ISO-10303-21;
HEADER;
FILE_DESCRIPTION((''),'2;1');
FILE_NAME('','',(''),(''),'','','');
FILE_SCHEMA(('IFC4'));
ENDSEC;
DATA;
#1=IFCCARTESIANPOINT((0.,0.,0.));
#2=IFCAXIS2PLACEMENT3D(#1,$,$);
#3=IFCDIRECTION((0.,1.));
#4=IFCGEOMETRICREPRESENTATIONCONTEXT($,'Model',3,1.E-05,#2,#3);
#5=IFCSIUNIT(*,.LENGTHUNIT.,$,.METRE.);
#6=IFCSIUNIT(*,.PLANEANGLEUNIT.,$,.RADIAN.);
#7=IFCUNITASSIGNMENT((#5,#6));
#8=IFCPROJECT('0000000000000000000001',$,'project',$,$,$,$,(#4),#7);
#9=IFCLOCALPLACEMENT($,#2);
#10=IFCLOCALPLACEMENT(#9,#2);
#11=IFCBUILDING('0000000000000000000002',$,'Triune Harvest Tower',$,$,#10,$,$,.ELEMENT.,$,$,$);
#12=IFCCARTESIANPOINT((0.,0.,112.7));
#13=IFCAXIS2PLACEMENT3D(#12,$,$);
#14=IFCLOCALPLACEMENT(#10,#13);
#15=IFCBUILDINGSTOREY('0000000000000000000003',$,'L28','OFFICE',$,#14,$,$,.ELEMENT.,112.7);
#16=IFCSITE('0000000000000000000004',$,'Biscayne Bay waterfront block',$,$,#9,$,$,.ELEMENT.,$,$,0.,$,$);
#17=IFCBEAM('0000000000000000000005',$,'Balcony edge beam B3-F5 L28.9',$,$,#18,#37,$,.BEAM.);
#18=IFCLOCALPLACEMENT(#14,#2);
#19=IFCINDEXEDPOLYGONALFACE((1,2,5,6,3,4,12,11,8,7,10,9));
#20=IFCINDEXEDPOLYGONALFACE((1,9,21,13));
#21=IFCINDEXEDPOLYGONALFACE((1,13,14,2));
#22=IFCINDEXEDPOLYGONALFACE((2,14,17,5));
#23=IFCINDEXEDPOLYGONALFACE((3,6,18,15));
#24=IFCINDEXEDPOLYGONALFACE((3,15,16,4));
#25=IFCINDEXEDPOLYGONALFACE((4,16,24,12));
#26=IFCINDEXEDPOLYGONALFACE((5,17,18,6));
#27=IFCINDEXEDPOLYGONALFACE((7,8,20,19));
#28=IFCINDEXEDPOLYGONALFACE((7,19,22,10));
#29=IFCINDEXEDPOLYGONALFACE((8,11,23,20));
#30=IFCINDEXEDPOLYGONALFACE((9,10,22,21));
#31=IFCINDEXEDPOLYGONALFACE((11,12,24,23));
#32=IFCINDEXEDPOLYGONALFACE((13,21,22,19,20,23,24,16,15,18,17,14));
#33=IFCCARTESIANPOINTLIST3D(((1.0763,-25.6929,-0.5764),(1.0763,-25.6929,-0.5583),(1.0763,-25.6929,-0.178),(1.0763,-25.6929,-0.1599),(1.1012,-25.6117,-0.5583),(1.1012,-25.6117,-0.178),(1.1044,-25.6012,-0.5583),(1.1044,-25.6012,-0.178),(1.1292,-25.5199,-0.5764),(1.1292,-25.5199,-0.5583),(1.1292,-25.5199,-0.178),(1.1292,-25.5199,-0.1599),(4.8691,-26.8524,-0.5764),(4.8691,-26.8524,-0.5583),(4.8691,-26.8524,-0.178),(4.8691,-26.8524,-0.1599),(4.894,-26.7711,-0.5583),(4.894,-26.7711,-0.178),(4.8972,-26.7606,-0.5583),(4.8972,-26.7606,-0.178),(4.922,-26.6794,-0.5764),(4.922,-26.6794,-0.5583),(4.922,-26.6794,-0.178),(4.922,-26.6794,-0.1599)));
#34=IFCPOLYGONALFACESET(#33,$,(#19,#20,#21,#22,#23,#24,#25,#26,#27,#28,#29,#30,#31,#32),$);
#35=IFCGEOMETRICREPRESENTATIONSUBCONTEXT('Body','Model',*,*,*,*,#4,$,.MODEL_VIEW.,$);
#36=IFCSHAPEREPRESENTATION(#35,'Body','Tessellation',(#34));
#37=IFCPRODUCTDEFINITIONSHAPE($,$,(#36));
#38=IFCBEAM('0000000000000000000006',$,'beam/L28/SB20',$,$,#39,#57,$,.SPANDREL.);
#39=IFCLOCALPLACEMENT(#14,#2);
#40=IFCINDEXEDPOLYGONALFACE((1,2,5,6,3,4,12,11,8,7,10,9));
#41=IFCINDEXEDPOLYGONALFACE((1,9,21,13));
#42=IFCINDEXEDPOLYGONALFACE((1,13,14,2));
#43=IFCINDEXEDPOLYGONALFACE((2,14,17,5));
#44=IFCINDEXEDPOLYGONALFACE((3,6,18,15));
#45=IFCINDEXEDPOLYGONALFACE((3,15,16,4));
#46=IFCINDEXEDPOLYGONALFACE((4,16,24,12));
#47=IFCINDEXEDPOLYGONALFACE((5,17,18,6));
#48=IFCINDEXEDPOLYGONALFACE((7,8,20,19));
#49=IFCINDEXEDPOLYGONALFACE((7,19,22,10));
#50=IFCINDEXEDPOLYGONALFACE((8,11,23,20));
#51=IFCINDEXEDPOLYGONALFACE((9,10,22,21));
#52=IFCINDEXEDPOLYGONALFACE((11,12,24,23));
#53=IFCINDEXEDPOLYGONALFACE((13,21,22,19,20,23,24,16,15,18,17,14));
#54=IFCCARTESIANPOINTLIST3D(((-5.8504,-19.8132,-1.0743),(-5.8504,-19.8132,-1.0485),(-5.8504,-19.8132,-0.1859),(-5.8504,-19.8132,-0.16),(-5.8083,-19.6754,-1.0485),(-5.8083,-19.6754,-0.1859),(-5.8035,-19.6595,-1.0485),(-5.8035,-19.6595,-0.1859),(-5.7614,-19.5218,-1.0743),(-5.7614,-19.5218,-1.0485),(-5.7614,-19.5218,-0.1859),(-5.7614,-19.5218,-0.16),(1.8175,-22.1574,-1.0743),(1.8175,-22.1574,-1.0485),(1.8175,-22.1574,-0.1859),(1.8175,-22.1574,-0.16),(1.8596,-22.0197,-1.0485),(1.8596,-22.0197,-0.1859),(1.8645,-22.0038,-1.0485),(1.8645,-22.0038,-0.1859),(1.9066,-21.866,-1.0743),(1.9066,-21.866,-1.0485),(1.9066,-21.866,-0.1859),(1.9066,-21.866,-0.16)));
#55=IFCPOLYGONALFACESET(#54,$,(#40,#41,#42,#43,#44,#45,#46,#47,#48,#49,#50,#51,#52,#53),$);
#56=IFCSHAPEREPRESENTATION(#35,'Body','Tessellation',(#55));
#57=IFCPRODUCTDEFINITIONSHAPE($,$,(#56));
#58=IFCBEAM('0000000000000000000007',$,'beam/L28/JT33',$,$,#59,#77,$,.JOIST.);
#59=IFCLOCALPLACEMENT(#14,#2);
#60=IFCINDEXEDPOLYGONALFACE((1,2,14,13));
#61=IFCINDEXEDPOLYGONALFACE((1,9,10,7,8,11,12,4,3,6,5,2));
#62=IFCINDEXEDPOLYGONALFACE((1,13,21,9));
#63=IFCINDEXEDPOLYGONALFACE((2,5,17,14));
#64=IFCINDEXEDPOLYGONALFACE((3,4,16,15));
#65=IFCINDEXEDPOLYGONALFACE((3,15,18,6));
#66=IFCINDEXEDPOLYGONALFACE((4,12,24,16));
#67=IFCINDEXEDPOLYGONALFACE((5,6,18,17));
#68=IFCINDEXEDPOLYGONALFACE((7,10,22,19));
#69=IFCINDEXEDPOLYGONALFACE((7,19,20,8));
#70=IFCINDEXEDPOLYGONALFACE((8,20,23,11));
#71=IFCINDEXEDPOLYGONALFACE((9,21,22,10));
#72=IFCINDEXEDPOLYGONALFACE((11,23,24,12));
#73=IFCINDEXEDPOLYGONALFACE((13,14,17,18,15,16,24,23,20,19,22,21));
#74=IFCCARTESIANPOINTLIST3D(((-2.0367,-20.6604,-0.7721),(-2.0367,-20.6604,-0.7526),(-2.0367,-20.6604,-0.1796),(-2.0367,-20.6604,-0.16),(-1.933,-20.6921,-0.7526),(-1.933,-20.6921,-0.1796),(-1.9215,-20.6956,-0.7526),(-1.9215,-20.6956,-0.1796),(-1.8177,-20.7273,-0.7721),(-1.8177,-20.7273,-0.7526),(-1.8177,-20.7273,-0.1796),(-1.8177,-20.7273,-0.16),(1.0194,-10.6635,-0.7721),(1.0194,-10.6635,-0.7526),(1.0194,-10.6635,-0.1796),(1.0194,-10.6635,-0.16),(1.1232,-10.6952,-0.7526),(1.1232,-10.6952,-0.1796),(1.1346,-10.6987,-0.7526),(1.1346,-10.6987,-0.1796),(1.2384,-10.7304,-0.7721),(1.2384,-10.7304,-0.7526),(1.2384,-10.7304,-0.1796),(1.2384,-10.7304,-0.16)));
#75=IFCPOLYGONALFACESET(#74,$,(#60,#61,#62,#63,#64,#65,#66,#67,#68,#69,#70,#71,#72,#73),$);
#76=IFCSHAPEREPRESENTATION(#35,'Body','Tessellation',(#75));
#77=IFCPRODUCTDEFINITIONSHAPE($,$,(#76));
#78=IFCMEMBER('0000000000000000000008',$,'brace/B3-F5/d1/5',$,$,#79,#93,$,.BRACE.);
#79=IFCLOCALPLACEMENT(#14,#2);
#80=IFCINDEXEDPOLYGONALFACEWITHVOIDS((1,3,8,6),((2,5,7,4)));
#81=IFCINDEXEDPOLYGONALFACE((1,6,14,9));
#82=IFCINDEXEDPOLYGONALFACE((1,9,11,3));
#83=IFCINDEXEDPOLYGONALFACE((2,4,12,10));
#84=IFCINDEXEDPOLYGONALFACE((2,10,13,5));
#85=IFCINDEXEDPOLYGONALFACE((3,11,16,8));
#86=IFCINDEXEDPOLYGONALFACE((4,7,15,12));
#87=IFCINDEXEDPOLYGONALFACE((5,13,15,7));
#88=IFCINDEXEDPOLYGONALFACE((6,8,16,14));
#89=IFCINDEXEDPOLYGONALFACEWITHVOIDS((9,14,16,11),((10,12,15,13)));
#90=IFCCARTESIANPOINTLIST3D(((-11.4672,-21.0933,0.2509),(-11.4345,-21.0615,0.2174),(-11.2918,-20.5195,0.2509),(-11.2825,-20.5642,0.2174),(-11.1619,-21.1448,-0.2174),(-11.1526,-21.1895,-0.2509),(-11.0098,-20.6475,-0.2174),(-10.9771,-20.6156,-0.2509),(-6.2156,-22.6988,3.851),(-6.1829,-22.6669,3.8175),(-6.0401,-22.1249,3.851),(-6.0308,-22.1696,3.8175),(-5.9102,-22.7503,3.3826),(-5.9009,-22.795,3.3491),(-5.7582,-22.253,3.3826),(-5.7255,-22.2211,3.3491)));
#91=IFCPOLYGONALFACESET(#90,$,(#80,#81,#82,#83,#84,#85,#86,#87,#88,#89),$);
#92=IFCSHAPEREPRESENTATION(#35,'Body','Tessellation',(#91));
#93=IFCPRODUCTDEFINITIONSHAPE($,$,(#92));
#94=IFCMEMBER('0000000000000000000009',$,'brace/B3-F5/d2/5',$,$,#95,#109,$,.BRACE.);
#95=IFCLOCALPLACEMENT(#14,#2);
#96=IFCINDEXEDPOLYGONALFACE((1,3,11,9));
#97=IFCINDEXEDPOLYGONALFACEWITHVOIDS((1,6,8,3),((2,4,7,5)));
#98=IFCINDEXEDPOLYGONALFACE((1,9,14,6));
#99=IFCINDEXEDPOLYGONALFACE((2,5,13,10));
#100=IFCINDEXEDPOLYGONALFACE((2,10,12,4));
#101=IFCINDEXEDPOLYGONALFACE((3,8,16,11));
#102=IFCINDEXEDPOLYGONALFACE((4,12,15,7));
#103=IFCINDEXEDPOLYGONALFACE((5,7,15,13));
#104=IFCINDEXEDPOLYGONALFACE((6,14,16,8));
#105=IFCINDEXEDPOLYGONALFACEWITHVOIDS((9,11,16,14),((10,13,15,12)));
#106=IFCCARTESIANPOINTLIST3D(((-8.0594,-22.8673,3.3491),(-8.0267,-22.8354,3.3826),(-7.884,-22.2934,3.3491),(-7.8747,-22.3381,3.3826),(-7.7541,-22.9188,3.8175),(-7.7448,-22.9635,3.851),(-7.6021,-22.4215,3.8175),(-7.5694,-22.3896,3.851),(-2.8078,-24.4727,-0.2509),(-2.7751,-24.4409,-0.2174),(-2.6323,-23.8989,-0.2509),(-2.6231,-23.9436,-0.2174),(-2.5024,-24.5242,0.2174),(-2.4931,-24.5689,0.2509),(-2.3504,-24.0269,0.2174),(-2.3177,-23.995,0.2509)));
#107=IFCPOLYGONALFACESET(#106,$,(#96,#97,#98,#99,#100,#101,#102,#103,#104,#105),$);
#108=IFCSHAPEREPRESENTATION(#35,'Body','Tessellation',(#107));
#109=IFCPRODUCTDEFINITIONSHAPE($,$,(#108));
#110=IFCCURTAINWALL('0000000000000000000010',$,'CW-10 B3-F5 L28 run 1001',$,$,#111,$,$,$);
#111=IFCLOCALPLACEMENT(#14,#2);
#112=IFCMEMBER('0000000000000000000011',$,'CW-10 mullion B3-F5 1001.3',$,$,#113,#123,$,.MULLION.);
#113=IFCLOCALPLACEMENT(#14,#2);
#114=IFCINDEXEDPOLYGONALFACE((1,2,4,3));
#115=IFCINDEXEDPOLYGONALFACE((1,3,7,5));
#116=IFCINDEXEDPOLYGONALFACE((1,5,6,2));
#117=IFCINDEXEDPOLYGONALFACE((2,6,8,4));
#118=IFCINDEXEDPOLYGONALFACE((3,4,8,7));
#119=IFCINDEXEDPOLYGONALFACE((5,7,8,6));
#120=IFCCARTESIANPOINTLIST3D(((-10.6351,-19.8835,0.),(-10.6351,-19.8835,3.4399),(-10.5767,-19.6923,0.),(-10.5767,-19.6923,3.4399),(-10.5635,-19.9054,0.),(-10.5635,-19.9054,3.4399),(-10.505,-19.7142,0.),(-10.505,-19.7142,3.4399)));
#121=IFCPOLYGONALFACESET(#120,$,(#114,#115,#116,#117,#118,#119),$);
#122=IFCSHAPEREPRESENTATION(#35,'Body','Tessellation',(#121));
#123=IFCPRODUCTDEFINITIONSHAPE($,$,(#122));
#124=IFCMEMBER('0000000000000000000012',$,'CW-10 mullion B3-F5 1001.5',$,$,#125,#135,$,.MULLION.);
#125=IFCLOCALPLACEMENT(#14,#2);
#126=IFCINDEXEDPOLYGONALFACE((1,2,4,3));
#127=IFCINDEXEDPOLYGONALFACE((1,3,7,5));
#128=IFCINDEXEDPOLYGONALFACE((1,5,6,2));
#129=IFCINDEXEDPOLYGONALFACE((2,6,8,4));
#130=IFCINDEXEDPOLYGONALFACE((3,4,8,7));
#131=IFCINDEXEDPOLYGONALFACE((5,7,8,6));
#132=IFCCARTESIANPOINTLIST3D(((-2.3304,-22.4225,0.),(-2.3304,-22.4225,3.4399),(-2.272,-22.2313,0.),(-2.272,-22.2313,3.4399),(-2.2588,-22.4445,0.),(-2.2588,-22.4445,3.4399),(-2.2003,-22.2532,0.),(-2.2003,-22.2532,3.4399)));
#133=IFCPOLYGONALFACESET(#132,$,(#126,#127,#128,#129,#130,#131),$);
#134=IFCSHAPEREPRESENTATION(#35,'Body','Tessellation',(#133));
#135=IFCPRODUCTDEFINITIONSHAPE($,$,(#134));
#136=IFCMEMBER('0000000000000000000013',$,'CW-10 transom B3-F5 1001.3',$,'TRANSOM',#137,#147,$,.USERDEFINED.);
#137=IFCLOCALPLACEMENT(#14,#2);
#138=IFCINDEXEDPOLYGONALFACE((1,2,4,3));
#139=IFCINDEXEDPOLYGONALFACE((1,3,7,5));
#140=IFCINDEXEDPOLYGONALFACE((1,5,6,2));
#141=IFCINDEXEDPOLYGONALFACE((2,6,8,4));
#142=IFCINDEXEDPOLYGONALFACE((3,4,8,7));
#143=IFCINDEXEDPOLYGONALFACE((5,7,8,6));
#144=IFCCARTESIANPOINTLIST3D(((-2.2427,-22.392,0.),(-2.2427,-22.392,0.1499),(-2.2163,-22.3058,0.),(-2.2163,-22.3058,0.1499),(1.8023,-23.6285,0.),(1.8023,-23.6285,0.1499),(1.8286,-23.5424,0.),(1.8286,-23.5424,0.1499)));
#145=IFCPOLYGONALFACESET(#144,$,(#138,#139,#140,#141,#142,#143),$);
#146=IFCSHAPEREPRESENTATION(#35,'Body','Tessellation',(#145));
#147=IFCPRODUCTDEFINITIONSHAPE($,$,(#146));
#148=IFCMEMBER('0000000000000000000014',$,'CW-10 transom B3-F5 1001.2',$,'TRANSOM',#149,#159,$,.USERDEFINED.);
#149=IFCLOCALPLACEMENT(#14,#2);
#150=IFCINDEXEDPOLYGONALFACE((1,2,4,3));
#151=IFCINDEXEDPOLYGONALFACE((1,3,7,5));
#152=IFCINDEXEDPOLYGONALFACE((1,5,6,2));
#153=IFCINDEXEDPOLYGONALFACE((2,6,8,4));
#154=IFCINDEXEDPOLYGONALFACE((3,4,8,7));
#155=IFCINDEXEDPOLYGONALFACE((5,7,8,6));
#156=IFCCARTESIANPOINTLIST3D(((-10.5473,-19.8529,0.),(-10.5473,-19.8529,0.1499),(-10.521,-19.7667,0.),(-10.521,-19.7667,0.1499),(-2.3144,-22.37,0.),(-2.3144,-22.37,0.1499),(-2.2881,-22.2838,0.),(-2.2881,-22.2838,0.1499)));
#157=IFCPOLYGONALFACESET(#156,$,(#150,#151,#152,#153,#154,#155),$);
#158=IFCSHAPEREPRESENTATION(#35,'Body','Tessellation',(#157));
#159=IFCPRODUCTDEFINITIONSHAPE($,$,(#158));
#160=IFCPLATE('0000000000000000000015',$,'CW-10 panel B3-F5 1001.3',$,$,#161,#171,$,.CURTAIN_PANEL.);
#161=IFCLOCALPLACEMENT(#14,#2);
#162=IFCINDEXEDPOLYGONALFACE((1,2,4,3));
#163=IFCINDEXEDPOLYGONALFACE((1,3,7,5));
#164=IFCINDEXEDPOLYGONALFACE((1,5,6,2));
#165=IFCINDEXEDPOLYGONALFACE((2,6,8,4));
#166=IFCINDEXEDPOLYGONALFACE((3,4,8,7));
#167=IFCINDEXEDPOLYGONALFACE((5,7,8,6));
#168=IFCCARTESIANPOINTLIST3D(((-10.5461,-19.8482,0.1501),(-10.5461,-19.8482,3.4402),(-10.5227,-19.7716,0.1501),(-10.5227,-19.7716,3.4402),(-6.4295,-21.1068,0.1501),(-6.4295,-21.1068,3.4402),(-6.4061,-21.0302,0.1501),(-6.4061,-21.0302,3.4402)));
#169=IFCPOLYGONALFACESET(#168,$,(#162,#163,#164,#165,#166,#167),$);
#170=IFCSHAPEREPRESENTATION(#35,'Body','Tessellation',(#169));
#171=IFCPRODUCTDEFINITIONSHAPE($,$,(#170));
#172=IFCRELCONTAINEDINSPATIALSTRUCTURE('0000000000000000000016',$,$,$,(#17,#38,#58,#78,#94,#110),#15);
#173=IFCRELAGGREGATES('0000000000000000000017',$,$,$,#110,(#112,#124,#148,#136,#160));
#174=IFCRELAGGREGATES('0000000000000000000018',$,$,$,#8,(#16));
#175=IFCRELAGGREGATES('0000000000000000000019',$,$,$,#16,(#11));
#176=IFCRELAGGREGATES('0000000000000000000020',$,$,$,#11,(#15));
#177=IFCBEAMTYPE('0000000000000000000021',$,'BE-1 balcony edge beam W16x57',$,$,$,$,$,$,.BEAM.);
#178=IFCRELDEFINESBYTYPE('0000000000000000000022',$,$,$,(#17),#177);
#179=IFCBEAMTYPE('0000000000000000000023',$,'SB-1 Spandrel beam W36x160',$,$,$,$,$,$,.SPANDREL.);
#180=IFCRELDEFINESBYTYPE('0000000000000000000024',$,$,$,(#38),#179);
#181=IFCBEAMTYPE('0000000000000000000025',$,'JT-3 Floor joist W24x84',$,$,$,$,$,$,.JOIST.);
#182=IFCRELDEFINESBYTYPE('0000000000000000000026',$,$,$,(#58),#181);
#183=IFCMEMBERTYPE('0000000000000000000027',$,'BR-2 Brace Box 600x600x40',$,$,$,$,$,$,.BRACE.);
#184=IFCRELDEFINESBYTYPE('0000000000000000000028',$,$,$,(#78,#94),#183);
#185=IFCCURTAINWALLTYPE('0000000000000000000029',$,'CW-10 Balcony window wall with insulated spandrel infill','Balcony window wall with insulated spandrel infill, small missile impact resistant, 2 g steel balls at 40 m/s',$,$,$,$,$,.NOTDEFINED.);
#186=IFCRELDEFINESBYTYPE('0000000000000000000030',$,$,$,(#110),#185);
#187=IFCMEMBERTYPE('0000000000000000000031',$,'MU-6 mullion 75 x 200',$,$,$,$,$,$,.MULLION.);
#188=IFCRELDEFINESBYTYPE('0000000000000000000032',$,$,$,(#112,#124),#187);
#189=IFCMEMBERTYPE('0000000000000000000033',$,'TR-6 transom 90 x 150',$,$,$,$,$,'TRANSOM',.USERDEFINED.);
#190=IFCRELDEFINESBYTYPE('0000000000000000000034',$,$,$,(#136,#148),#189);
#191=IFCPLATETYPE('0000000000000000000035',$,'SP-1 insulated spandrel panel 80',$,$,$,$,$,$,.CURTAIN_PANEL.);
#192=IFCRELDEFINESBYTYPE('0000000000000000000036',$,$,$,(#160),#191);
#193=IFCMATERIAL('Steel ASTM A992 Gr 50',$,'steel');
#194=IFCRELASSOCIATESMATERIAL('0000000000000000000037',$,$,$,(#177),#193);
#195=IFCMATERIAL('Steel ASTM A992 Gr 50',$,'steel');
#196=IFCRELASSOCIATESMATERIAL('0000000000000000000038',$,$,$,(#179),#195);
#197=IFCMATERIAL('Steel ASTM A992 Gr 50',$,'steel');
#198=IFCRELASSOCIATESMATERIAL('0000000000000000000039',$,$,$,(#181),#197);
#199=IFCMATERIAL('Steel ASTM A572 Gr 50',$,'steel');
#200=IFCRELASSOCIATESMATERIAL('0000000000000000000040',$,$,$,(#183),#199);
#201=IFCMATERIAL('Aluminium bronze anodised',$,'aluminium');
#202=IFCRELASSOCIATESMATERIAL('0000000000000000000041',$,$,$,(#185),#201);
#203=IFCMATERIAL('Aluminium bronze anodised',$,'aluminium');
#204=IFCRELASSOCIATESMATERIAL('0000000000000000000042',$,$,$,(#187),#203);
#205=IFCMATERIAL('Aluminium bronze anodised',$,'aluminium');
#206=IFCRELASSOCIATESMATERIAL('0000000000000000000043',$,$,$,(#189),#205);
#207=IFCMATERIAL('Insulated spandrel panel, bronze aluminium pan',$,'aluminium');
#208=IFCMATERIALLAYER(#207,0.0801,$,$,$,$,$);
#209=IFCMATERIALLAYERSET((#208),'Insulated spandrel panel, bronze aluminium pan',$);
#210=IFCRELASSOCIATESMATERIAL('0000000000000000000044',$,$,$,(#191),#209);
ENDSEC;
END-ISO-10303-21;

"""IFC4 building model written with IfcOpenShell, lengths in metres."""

from ifc_helpers import new_model, si_unit, direction, frame, origin, origin_2d, place, context, subcontext, project, spatial, rectangle, hollow_rectangle, i_section, extrude, source, transform, mapped, material, layer, layer_set, material_profile, profile_set, type_object, element, aggregate, save


model = new_model("IFC4")

# Units and contexts
model_context = context("Model", 3, precision=1e-05, world=origin(), true_north=direction((0.0, 1.0)))
body_context = subcontext(model_context, "Body", "Model", "MODEL_VIEW")
ifc_project = project(units=[si_unit("LENGTHUNIT", "METRE"), si_unit("PLANEANGLEUNIT", "RADIAN")], contexts=[model_context])

# Site, building, storey
site_placement = place(None, origin())
site = spatial("IfcSite", under=ifc_project, at=site_placement, Name="Biscayne Bay waterfront block", CompositionType="ELEMENT", RefElevation=0.0)
building_placement = place(site_placement, origin())
building = spatial("IfcBuilding", under=site, at=building_placement, Name="Triune Harvest Tower", CompositionType="ELEMENT")
storey_placement = place(building_placement, frame((0.0, 0.0, 112.7)))
storey = spatial("IfcBuildingStorey", under=building, at=storey_placement, Name="L28", Description="OFFICE", CompositionType="ELEMENT", Elevation=112.7)

# Beams
ifc_material_1 = material(Name="Steel ASTM A992 Gr 50", Category="steel")
ifc_material_profile_1 = material_profile(ifc_material_1, i_section(OverallWidth=0.1809, OverallDepth=0.4165, WebThickness=0.011, FlangeThickness=0.0181, at=origin_2d()), Name="W16x57")
ifc_profile_set_1 = profile_set([ifc_material_profile_1], Name="Steel ASTM A992 Gr 50")
beam_type_1 = type_object("IfcBeamType", Name="BE-1 balcony edge beam W16x57", PredefinedType="BEAM", material=ifc_profile_set_1)
beam_1_placement = place(storey_placement, frame((1.1028, -25.6064, -0.3682), z_axis=(0.956314, -0.292342, 0.0), x_axis=(0.292342, 0.956314, 0.0)))
element("IfcBeam", 1, at=beam_1_placement, inside=storey, type_object=beam_type_1, Name="Balcony edge beam B3-F5 L28.9", PredefinedType="BEAM", context=body_context, shape_type="SweptSolid", body=[
    extrude(i_section(OverallWidth=0.1809, OverallDepth=0.4165, WebThickness=0.011, FlangeThickness=0.0181, at=origin_2d()), origin(), (0.0, 0.0, 1.0), 3.9661),
])
ifc_material_2 = material(Name="Steel ASTM A992 Gr 50", Category="steel")
ifc_material_profile_2 = material_profile(ifc_material_2, i_section(OverallWidth=0.3047, OverallDepth=0.9143, WebThickness=0.0166, FlangeThickness=0.0259, at=origin_2d()), Name="W36x160")
ifc_profile_set_2 = profile_set([ifc_material_profile_2], Name="Steel ASTM A992 Gr 50")
beam_type_2 = type_object("IfcBeamType", Name="SB-1 Spandrel beam W36x160", PredefinedType="SPANDREL", material=ifc_profile_set_2)
shared_shape_1 = source(origin(), body_context, "Body", "SweptSolid", [
    extrude(i_section(OverallWidth=0.3047, OverallDepth=0.9143, WebThickness=0.0166, FlangeThickness=0.0259, at=origin_2d()), origin(), (0.0, 0.0, 1.0), 8.0183),
])
beam_2_placement = place(storey_placement, frame((-5.8059, -19.6675, -0.6172), z_axis=(0.956308, -0.292361, 0.0), x_axis=(0.292361, 0.956308, 0.0)))
element("IfcBeam", 2, at=beam_2_placement, inside=storey, type_object=beam_type_2, Name="beam/L28/SB20", PredefinedType="SPANDREL", context=body_context, shape_type="MappedRepresentation", body=[
    mapped(shared_shape_1, transform((0.0, 0.0, 0.0), scale=1.0)),
])
ifc_material_3 = material(Name="Steel ASTM A992 Gr 50", Category="steel")
ifc_material_profile_3 = material_profile(ifc_material_3, i_section(OverallWidth=0.229, OverallDepth=0.6121, WebThickness=0.012, FlangeThickness=0.0195, at=origin_2d()), Name="W24x84")
ifc_profile_set_3 = profile_set([ifc_material_profile_3], Name="Steel ASTM A992 Gr 50")
beam_type_3 = type_object("IfcBeamType", Name="JT-3 Floor joist W24x84", PredefinedType="JOIST", material=ifc_profile_set_3)
shared_shape_2 = source(origin(), body_context, "Body", "SweptSolid", [
    extrude(i_section(OverallWidth=0.229, OverallDepth=0.6121, WebThickness=0.012, FlangeThickness=0.0195, at=origin_2d()), origin(), (0.0, 0.0, 1.0), 10.4536),
])
beam_3_placement = place(storey_placement, frame((-1.9272, -20.6938, -0.4661), z_axis=(0.292356, 0.95631, 0.0), x_axis=(-0.95631, 0.292356, 0.0)))
element("IfcBeam", 3, at=beam_3_placement, inside=storey, type_object=beam_type_3, Name="beam/L28/JT33", PredefinedType="JOIST", context=body_context, shape_type="MappedRepresentation", body=[
    mapped(shared_shape_2, transform((0.0, 0.0, 0.0), scale=1.0)),
])

# Members
ifc_material_4 = material(Name="Steel ASTM A572 Gr 50", Category="steel")
ifc_material_profile_4 = material_profile(ifc_material_4, hollow_rectangle(XDim=0.6001, YDim=0.6001, WallThickness=0.04, at=origin_2d()), Name="Box 600x600x40")
ifc_profile_set_4 = profile_set([ifc_material_profile_4], Name="Steel ASTM A572 Gr 50")
member_type_1 = type_object("IfcMemberType", Name="BR-2 Brace Box 600x600x40", PredefinedType="BRACE", material=ifc_profile_set_4)
shared_shape_3 = source(origin(), body_context, "Body", "SweptSolid", [
    extrude(hollow_rectangle(XDim=0.6001, YDim=0.6001, WallThickness=0.04, at=origin_2d()), origin(), (0.0, 0.0, 1.0), 6.5664),
])
for number, where, z_axis, x_axis, name in (
    (4, (-11.2222, -20.8545, 0.0), (0.799775, -0.244495, 0.548254), (0.292348, 0.956312, 0.0), "brace/B3-F5/d1/5"),
    (5, (-2.5627, -24.2339, 0.0), (-0.799775, 0.244495, 0.548254), (-0.292348, -0.956312, 0.0), "brace/B3-F5/d2/5"),
):
    element("IfcMember", number, at=place(storey_placement, frame(where, z_axis=z_axis, x_axis=x_axis)), inside=storey, type_object=member_type_1, Name=name, PredefinedType="BRACE", context=body_context, shape_type="MappedRepresentation", body=[
        mapped(shared_shape_3, transform((0.0, 0.0, 0.0), scale=1.0)),
    ])

# Curtain wall, members, plate
ifc_material_5 = material(Name="Aluminium bronze anodised", Category="aluminium")
curtain_wall_type = type_object("IfcCurtainWallType", Name="CW-10 Balcony window wall with insulated spandrel infill", Description="Balcony window wall with insulated spandrel infill, small missile impact resistant, 2 g steel balls at 40 m/s", PredefinedType="NOTDEFINED", material=ifc_material_5)
curtain_wall_placement = place(storey_placement, origin())
curtain_wall = element("IfcCurtainWall", 6, at=curtain_wall_placement, inside=storey, type_object=curtain_wall_type, Name="CW-10 B3-F5 L28 run 1001")
ifc_material_6 = material(Name="Aluminium bronze anodised", Category="aluminium")
ifc_material_profile_5 = material_profile(ifc_material_6, rectangle(XDim=0.2, YDim=0.075, at=origin_2d()), Name="MU-6 mullion 75 x 200")
ifc_profile_set_5 = profile_set([ifc_material_profile_5], Name="Aluminium bronze anodised")
member_type_2 = type_object("IfcMemberType", Name="MU-6 mullion 75 x 200", PredefinedType="MULLION", material=ifc_profile_set_5)
shared_shape_4 = source(origin(), body_context, "Body", "SweptSolid", [
    extrude(rectangle(XDim=0.2, YDim=0.075, at=origin_2d()), origin(), (0.0, 0.0, 1.0), 3.4399),
])
member_1_placement = place(storey_placement, frame((-10.5701, -19.7988, 0.0), z_axis=(0.0, 0.0, 1.0), x_axis=(0.292372, 0.956305, 0.0)))
member_1 = element("IfcMember", 7, at=member_1_placement, type_object=member_type_2, Name="CW-10 mullion B3-F5 1001.3", PredefinedType="MULLION", context=body_context, shape_type="MappedRepresentation", body=[
    mapped(shared_shape_4, transform((0.0, 0.0, 0.0), scale=1.0)),
])
member_2_placement = place(storey_placement, frame((-2.2654, -22.3379, 0.0), z_axis=(0.0, 0.0, 1.0), x_axis=(0.292372, 0.956305, 0.0)))
member_2 = element("IfcMember", 8, at=member_2_placement, type_object=member_type_2, Name="CW-10 mullion B3-F5 1001.5", PredefinedType="MULLION", context=body_context, shape_type="MappedRepresentation", body=[
    mapped(shared_shape_4, transform((0.0, 0.0, 0.0), scale=1.0)),
])
ifc_material_7 = material(Name="Aluminium bronze anodised", Category="aluminium")
ifc_material_profile_6 = material_profile(ifc_material_7, rectangle(XDim=0.0901, YDim=0.1499, at=origin_2d()), Name="TR-6 transom 90 x 150")
ifc_profile_set_6 = profile_set([ifc_material_profile_6], Name="Aluminium bronze anodised")
member_type_3 = type_object("IfcMemberType", Name="TR-6 transom 90 x 150", ElementType="TRANSOM", PredefinedType="USERDEFINED", material=ifc_profile_set_6)
shared_shape_5 = source(origin(), body_context, "Body", "SweptSolid", [
    extrude(rectangle(XDim=0.0901, YDim=0.1499, at=origin_2d()), origin(), (0.0, 0.0, 1.0), 4.2297),
])
member_3_placement = place(storey_placement, frame((-2.2295, -22.3489, 0.075), z_axis=(0.95631, -0.292353, 0.0), x_axis=(0.292353, 0.95631, 0.0)))
member_3 = element("IfcMember", 9, at=member_3_placement, type_object=member_type_3, Name="CW-10 transom B3-F5 1001.3", ObjectType="TRANSOM", PredefinedType="USERDEFINED", context=body_context, shape_type="MappedRepresentation", body=[
    mapped(shared_shape_5, transform((0.0, 0.0, 0.0), scale=1.0)),
])
shared_shape_6 = source(origin(), body_context, "Body", "SweptSolid", [
    extrude(rectangle(XDim=0.0901, YDim=0.1499, at=origin_2d()), origin(), (0.0, 0.0, 1.0), 8.6091),
])
member_4_placement = place(storey_placement, frame((-10.5342, -19.8098, 0.075), z_axis=(0.956304, -0.292376, 0.0), x_axis=(0.292376, 0.956304, 0.0)))
member_4 = element("IfcMember", 10, at=member_4_placement, type_object=member_type_3, Name="CW-10 transom B3-F5 1001.2", ObjectType="TRANSOM", PredefinedType="USERDEFINED", context=body_context, shape_type="MappedRepresentation", body=[
    mapped(shared_shape_6, transform((0.0, 0.0, 0.0), scale=1.0)),
])
ifc_material_8 = material(Name="Insulated spandrel panel, bronze aluminium pan", Category="aluminium")
ifc_layer_1 = layer(ifc_material_8, 0.0801)
ifc_layer_set_1 = layer_set([ifc_layer_1], Name="Insulated spandrel panel, bronze aluminium pan")
plate_type = type_object("IfcPlateType", Name="SP-1 insulated spandrel panel 80", PredefinedType="CURTAIN_PANEL", material=ifc_layer_set_1)
shared_shape_7 = source(origin(), body_context, "Body", "SweptSolid", [
    extrude(rectangle(XDim=4.3047, YDim=0.0801, at=origin_2d()), origin(), (0.0, 0.0, 1.0), 3.29),
])
plate_1_placement = place(storey_placement, frame((-8.4761, -20.4392, 0.1501), z_axis=(0.0, 0.0, 1.0), x_axis=(0.956305, -0.292372, 0.0)))
plate_1 = element("IfcPlate", 11, at=plate_1_placement, type_object=plate_type, Name="CW-10 panel B3-F5 1001.3", PredefinedType="CURTAIN_PANEL", context=body_context, shape_type="MappedRepresentation", body=[
    mapped(shared_shape_7, transform((0.0, 0.0, 0.0), scale=1.0)),
])
aggregate(curtain_wall, [member_1, member_2, member_4, member_3, plate_1])

save(model, "model.ifc")
